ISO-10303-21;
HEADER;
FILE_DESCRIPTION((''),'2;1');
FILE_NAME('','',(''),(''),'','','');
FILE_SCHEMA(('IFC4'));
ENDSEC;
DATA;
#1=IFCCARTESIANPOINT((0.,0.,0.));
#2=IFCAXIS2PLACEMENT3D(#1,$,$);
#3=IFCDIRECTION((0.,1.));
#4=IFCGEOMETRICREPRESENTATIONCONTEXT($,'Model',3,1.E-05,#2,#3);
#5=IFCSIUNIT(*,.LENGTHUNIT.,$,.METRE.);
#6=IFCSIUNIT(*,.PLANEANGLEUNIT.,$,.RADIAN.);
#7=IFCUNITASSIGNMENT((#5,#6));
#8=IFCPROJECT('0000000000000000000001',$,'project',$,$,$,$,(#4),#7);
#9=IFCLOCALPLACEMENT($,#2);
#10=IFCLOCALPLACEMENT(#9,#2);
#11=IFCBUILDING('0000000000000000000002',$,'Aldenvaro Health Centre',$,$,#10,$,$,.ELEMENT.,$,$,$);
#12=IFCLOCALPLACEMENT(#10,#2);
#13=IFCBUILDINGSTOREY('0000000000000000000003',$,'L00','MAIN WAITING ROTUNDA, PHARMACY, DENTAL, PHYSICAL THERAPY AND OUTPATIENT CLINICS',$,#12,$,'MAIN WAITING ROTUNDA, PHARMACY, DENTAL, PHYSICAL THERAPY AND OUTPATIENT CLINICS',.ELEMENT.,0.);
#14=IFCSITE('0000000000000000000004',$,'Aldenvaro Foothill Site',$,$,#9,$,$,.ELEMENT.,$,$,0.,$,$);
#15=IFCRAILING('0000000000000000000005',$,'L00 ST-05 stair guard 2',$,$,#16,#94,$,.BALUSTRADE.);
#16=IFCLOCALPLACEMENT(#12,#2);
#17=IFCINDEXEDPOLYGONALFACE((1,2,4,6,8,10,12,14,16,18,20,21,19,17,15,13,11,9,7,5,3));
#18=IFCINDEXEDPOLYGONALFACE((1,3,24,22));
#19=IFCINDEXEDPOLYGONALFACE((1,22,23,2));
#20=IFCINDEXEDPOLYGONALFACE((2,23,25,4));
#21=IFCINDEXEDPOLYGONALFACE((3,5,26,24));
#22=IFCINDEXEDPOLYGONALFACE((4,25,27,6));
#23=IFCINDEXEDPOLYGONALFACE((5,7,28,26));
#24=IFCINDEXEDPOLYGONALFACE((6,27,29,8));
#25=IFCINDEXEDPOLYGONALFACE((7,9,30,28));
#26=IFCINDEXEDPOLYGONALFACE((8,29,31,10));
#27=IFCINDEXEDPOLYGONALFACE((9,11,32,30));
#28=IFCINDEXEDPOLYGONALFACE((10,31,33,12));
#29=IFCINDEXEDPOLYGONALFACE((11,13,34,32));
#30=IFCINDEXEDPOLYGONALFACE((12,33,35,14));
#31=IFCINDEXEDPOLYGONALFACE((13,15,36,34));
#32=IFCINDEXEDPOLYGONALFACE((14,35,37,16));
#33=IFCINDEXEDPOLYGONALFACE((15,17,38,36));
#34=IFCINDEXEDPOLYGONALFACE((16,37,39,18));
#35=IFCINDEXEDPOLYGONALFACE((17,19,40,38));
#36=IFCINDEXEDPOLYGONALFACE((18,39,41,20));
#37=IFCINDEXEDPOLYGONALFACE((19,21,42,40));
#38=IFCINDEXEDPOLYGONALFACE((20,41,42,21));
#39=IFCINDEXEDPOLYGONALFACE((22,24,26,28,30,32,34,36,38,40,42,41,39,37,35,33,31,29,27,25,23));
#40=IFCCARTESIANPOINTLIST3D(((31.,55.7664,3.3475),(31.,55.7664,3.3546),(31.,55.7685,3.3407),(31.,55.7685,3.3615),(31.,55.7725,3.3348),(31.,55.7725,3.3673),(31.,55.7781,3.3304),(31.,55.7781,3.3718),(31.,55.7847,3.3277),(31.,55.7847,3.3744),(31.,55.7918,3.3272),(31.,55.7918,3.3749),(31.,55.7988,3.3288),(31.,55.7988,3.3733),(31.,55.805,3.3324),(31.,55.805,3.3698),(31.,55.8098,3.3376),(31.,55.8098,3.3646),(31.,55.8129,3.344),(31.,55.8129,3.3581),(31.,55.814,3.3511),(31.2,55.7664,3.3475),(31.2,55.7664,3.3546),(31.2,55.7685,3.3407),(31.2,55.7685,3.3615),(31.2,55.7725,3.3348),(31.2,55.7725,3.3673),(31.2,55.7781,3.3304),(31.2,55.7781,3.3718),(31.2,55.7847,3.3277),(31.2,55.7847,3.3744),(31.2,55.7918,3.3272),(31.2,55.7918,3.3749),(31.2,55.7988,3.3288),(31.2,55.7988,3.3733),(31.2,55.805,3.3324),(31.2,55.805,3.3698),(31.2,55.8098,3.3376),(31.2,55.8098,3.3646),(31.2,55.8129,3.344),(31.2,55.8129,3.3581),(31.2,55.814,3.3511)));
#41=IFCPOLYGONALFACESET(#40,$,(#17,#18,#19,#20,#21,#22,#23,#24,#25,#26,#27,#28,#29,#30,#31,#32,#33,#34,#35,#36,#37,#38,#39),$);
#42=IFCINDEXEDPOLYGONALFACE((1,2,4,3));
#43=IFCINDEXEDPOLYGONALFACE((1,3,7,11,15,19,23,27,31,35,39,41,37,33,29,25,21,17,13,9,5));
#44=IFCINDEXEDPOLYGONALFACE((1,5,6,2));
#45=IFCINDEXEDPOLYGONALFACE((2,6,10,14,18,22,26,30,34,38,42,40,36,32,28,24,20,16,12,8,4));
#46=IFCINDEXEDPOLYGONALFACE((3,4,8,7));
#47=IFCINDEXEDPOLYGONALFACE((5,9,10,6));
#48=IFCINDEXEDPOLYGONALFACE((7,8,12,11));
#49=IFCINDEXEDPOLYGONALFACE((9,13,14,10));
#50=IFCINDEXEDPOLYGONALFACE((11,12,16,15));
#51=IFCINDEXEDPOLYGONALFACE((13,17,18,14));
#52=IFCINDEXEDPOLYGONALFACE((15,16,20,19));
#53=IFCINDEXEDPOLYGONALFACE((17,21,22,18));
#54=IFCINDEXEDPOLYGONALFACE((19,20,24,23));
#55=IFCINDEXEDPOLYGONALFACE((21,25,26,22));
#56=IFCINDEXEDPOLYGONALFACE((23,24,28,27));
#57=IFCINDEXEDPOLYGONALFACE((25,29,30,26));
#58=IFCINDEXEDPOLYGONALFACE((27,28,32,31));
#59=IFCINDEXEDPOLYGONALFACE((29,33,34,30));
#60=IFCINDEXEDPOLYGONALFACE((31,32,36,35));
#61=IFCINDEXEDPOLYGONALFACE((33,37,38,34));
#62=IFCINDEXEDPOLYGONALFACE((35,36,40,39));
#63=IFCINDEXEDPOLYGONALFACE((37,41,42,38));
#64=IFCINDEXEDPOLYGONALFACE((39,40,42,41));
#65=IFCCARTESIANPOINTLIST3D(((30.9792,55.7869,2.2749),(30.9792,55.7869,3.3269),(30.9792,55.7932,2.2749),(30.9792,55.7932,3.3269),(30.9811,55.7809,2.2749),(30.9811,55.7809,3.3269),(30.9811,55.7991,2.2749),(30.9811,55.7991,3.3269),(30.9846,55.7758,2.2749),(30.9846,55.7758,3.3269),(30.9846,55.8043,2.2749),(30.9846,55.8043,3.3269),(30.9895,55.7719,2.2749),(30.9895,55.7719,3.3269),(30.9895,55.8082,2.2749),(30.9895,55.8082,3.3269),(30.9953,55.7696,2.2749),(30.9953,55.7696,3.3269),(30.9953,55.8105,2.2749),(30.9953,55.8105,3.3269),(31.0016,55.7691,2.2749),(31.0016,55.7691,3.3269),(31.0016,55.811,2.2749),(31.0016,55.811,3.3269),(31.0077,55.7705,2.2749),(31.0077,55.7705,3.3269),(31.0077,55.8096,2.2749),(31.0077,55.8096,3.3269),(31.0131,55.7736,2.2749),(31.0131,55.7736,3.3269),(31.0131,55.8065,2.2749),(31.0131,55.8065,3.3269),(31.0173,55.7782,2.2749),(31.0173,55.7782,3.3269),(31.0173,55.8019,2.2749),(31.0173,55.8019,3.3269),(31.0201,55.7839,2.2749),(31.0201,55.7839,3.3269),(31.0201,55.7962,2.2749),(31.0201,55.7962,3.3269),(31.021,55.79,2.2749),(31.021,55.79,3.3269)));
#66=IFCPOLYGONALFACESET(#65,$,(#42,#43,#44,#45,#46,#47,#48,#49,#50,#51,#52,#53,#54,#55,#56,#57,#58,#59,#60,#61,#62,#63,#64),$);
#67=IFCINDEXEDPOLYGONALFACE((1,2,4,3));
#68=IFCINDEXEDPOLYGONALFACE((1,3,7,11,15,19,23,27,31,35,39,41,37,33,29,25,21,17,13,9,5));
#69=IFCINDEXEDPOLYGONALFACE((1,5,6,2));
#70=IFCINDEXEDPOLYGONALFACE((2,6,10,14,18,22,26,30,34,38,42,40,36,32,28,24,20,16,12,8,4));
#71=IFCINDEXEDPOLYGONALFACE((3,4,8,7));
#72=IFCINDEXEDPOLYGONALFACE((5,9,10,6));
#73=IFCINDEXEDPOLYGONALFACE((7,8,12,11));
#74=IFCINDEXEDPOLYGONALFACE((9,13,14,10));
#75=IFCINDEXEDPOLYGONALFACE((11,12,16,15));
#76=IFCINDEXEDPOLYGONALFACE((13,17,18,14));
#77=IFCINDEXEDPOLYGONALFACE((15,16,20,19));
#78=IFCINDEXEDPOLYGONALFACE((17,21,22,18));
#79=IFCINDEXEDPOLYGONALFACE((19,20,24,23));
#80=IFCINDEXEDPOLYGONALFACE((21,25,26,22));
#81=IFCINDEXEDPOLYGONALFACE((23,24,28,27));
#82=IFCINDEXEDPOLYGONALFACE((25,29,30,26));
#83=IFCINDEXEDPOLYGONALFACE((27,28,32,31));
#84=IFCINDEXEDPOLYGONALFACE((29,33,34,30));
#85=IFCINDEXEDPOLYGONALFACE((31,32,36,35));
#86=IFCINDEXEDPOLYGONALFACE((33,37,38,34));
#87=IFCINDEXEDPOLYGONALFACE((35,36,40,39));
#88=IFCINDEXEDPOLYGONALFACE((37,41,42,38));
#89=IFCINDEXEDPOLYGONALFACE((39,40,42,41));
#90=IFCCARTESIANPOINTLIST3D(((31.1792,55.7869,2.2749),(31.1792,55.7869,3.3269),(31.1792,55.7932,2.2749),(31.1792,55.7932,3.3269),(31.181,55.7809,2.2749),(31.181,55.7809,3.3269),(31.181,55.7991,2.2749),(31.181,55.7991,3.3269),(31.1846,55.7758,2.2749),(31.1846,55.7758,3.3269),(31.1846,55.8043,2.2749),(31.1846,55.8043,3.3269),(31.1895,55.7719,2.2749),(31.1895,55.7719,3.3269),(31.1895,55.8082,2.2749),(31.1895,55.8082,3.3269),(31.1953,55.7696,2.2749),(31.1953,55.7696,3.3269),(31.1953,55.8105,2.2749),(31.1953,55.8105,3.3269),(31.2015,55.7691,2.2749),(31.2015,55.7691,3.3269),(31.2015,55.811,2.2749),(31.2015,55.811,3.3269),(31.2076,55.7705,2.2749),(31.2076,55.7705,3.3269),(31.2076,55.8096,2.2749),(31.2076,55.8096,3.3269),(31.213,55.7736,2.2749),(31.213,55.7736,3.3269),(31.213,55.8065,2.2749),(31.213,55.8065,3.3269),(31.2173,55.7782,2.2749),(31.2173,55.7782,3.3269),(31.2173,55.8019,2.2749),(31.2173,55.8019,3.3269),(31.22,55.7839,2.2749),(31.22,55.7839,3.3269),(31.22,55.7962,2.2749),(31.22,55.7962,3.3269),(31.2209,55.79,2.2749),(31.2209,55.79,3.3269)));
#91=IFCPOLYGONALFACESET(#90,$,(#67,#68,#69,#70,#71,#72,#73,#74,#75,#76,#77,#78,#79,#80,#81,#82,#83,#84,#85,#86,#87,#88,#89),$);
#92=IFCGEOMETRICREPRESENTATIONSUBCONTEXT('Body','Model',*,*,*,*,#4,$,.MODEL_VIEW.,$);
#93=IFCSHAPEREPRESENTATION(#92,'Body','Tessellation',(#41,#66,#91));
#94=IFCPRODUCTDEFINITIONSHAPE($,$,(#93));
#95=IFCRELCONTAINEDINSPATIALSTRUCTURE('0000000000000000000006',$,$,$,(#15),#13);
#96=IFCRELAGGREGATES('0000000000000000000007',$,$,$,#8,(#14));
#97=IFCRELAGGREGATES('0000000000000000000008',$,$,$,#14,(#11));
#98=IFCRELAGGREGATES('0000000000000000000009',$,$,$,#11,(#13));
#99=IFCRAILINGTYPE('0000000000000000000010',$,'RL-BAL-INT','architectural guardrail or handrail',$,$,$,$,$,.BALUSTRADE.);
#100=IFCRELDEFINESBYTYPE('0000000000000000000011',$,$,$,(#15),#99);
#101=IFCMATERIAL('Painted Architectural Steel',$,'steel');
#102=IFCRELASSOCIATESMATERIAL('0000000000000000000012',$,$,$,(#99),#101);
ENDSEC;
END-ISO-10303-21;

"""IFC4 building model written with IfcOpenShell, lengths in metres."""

from ifc_helpers import new_model, si_unit, direction, frame, origin, origin_2d, place, context, subcontext, project, spatial, circle, extrude, material, type_object, element, save


model = new_model("IFC4")

# Units and contexts
model_context = context("Model", 3, precision=1e-05, world=origin(), true_north=direction((0.0, 1.0)))
body_context = subcontext(model_context, "Body", "Model", "MODEL_VIEW")
ifc_project = project(units=[si_unit("LENGTHUNIT", "METRE"), si_unit("PLANEANGLEUNIT", "RADIAN")], contexts=[model_context])

# Site, building, storey
site_placement = place(None, origin())
site = spatial("IfcSite", under=ifc_project, at=site_placement, Name="Aldenvaro Foothill Site", CompositionType="ELEMENT", RefElevation=0.0)
building_placement = place(site_placement, origin())
building = spatial("IfcBuilding", under=site, at=building_placement, Name="Aldenvaro Health Centre", CompositionType="ELEMENT")
storey_placement = place(building_placement, origin())
storey = spatial("IfcBuildingStorey", under=building, at=storey_placement, Name="L00", Description="MAIN WAITING ROTUNDA, PHARMACY, DENTAL, PHYSICAL THERAPY AND OUTPATIENT CLINICS", LongName="MAIN WAITING ROTUNDA, PHARMACY, DENTAL, PHYSICAL THERAPY AND OUTPATIENT CLINICS", CompositionType="ELEMENT", Elevation=0.0)

# Railing
ifc_material_1 = material(Name="Painted Architectural Steel", Category="steel")
railing_type_1 = type_object("IfcRailingType", Name="RL-BAL-INT", Description="architectural guardrail or handrail", PredefinedType="BALUSTRADE", material=ifc_material_1)
railing_1_placement = place(storey_placement, frame((31.0, 55.79, 2.2749)))
element("IfcRailing", 1, at=railing_1_placement, inside=storey, type_object=railing_type_1, Name="L00 ST-05 stair guard 2", PredefinedType="BALUSTRADE", context=body_context, shape_type="SweptSolid", body=[
    extrude(circle(Radius=0.0239, at=origin_2d()), frame((0.0, 0.0, 1.0762), z_axis=(1.0, 0.0, 0.0), x_axis=(0.0, 1.0, 0.0)), (0.0, 0.0, 1.0), 0.2),
    extrude(circle(Radius=0.021, at=origin_2d()), origin(), (0.0, 0.0, 1.0), 1.052),
    extrude(circle(Radius=0.021, at=origin_2d()), frame((0.2, 0.0, 0.0)), (0.0, 0.0, 1.0), 1.052),
])

save(model, "model.ifc")
